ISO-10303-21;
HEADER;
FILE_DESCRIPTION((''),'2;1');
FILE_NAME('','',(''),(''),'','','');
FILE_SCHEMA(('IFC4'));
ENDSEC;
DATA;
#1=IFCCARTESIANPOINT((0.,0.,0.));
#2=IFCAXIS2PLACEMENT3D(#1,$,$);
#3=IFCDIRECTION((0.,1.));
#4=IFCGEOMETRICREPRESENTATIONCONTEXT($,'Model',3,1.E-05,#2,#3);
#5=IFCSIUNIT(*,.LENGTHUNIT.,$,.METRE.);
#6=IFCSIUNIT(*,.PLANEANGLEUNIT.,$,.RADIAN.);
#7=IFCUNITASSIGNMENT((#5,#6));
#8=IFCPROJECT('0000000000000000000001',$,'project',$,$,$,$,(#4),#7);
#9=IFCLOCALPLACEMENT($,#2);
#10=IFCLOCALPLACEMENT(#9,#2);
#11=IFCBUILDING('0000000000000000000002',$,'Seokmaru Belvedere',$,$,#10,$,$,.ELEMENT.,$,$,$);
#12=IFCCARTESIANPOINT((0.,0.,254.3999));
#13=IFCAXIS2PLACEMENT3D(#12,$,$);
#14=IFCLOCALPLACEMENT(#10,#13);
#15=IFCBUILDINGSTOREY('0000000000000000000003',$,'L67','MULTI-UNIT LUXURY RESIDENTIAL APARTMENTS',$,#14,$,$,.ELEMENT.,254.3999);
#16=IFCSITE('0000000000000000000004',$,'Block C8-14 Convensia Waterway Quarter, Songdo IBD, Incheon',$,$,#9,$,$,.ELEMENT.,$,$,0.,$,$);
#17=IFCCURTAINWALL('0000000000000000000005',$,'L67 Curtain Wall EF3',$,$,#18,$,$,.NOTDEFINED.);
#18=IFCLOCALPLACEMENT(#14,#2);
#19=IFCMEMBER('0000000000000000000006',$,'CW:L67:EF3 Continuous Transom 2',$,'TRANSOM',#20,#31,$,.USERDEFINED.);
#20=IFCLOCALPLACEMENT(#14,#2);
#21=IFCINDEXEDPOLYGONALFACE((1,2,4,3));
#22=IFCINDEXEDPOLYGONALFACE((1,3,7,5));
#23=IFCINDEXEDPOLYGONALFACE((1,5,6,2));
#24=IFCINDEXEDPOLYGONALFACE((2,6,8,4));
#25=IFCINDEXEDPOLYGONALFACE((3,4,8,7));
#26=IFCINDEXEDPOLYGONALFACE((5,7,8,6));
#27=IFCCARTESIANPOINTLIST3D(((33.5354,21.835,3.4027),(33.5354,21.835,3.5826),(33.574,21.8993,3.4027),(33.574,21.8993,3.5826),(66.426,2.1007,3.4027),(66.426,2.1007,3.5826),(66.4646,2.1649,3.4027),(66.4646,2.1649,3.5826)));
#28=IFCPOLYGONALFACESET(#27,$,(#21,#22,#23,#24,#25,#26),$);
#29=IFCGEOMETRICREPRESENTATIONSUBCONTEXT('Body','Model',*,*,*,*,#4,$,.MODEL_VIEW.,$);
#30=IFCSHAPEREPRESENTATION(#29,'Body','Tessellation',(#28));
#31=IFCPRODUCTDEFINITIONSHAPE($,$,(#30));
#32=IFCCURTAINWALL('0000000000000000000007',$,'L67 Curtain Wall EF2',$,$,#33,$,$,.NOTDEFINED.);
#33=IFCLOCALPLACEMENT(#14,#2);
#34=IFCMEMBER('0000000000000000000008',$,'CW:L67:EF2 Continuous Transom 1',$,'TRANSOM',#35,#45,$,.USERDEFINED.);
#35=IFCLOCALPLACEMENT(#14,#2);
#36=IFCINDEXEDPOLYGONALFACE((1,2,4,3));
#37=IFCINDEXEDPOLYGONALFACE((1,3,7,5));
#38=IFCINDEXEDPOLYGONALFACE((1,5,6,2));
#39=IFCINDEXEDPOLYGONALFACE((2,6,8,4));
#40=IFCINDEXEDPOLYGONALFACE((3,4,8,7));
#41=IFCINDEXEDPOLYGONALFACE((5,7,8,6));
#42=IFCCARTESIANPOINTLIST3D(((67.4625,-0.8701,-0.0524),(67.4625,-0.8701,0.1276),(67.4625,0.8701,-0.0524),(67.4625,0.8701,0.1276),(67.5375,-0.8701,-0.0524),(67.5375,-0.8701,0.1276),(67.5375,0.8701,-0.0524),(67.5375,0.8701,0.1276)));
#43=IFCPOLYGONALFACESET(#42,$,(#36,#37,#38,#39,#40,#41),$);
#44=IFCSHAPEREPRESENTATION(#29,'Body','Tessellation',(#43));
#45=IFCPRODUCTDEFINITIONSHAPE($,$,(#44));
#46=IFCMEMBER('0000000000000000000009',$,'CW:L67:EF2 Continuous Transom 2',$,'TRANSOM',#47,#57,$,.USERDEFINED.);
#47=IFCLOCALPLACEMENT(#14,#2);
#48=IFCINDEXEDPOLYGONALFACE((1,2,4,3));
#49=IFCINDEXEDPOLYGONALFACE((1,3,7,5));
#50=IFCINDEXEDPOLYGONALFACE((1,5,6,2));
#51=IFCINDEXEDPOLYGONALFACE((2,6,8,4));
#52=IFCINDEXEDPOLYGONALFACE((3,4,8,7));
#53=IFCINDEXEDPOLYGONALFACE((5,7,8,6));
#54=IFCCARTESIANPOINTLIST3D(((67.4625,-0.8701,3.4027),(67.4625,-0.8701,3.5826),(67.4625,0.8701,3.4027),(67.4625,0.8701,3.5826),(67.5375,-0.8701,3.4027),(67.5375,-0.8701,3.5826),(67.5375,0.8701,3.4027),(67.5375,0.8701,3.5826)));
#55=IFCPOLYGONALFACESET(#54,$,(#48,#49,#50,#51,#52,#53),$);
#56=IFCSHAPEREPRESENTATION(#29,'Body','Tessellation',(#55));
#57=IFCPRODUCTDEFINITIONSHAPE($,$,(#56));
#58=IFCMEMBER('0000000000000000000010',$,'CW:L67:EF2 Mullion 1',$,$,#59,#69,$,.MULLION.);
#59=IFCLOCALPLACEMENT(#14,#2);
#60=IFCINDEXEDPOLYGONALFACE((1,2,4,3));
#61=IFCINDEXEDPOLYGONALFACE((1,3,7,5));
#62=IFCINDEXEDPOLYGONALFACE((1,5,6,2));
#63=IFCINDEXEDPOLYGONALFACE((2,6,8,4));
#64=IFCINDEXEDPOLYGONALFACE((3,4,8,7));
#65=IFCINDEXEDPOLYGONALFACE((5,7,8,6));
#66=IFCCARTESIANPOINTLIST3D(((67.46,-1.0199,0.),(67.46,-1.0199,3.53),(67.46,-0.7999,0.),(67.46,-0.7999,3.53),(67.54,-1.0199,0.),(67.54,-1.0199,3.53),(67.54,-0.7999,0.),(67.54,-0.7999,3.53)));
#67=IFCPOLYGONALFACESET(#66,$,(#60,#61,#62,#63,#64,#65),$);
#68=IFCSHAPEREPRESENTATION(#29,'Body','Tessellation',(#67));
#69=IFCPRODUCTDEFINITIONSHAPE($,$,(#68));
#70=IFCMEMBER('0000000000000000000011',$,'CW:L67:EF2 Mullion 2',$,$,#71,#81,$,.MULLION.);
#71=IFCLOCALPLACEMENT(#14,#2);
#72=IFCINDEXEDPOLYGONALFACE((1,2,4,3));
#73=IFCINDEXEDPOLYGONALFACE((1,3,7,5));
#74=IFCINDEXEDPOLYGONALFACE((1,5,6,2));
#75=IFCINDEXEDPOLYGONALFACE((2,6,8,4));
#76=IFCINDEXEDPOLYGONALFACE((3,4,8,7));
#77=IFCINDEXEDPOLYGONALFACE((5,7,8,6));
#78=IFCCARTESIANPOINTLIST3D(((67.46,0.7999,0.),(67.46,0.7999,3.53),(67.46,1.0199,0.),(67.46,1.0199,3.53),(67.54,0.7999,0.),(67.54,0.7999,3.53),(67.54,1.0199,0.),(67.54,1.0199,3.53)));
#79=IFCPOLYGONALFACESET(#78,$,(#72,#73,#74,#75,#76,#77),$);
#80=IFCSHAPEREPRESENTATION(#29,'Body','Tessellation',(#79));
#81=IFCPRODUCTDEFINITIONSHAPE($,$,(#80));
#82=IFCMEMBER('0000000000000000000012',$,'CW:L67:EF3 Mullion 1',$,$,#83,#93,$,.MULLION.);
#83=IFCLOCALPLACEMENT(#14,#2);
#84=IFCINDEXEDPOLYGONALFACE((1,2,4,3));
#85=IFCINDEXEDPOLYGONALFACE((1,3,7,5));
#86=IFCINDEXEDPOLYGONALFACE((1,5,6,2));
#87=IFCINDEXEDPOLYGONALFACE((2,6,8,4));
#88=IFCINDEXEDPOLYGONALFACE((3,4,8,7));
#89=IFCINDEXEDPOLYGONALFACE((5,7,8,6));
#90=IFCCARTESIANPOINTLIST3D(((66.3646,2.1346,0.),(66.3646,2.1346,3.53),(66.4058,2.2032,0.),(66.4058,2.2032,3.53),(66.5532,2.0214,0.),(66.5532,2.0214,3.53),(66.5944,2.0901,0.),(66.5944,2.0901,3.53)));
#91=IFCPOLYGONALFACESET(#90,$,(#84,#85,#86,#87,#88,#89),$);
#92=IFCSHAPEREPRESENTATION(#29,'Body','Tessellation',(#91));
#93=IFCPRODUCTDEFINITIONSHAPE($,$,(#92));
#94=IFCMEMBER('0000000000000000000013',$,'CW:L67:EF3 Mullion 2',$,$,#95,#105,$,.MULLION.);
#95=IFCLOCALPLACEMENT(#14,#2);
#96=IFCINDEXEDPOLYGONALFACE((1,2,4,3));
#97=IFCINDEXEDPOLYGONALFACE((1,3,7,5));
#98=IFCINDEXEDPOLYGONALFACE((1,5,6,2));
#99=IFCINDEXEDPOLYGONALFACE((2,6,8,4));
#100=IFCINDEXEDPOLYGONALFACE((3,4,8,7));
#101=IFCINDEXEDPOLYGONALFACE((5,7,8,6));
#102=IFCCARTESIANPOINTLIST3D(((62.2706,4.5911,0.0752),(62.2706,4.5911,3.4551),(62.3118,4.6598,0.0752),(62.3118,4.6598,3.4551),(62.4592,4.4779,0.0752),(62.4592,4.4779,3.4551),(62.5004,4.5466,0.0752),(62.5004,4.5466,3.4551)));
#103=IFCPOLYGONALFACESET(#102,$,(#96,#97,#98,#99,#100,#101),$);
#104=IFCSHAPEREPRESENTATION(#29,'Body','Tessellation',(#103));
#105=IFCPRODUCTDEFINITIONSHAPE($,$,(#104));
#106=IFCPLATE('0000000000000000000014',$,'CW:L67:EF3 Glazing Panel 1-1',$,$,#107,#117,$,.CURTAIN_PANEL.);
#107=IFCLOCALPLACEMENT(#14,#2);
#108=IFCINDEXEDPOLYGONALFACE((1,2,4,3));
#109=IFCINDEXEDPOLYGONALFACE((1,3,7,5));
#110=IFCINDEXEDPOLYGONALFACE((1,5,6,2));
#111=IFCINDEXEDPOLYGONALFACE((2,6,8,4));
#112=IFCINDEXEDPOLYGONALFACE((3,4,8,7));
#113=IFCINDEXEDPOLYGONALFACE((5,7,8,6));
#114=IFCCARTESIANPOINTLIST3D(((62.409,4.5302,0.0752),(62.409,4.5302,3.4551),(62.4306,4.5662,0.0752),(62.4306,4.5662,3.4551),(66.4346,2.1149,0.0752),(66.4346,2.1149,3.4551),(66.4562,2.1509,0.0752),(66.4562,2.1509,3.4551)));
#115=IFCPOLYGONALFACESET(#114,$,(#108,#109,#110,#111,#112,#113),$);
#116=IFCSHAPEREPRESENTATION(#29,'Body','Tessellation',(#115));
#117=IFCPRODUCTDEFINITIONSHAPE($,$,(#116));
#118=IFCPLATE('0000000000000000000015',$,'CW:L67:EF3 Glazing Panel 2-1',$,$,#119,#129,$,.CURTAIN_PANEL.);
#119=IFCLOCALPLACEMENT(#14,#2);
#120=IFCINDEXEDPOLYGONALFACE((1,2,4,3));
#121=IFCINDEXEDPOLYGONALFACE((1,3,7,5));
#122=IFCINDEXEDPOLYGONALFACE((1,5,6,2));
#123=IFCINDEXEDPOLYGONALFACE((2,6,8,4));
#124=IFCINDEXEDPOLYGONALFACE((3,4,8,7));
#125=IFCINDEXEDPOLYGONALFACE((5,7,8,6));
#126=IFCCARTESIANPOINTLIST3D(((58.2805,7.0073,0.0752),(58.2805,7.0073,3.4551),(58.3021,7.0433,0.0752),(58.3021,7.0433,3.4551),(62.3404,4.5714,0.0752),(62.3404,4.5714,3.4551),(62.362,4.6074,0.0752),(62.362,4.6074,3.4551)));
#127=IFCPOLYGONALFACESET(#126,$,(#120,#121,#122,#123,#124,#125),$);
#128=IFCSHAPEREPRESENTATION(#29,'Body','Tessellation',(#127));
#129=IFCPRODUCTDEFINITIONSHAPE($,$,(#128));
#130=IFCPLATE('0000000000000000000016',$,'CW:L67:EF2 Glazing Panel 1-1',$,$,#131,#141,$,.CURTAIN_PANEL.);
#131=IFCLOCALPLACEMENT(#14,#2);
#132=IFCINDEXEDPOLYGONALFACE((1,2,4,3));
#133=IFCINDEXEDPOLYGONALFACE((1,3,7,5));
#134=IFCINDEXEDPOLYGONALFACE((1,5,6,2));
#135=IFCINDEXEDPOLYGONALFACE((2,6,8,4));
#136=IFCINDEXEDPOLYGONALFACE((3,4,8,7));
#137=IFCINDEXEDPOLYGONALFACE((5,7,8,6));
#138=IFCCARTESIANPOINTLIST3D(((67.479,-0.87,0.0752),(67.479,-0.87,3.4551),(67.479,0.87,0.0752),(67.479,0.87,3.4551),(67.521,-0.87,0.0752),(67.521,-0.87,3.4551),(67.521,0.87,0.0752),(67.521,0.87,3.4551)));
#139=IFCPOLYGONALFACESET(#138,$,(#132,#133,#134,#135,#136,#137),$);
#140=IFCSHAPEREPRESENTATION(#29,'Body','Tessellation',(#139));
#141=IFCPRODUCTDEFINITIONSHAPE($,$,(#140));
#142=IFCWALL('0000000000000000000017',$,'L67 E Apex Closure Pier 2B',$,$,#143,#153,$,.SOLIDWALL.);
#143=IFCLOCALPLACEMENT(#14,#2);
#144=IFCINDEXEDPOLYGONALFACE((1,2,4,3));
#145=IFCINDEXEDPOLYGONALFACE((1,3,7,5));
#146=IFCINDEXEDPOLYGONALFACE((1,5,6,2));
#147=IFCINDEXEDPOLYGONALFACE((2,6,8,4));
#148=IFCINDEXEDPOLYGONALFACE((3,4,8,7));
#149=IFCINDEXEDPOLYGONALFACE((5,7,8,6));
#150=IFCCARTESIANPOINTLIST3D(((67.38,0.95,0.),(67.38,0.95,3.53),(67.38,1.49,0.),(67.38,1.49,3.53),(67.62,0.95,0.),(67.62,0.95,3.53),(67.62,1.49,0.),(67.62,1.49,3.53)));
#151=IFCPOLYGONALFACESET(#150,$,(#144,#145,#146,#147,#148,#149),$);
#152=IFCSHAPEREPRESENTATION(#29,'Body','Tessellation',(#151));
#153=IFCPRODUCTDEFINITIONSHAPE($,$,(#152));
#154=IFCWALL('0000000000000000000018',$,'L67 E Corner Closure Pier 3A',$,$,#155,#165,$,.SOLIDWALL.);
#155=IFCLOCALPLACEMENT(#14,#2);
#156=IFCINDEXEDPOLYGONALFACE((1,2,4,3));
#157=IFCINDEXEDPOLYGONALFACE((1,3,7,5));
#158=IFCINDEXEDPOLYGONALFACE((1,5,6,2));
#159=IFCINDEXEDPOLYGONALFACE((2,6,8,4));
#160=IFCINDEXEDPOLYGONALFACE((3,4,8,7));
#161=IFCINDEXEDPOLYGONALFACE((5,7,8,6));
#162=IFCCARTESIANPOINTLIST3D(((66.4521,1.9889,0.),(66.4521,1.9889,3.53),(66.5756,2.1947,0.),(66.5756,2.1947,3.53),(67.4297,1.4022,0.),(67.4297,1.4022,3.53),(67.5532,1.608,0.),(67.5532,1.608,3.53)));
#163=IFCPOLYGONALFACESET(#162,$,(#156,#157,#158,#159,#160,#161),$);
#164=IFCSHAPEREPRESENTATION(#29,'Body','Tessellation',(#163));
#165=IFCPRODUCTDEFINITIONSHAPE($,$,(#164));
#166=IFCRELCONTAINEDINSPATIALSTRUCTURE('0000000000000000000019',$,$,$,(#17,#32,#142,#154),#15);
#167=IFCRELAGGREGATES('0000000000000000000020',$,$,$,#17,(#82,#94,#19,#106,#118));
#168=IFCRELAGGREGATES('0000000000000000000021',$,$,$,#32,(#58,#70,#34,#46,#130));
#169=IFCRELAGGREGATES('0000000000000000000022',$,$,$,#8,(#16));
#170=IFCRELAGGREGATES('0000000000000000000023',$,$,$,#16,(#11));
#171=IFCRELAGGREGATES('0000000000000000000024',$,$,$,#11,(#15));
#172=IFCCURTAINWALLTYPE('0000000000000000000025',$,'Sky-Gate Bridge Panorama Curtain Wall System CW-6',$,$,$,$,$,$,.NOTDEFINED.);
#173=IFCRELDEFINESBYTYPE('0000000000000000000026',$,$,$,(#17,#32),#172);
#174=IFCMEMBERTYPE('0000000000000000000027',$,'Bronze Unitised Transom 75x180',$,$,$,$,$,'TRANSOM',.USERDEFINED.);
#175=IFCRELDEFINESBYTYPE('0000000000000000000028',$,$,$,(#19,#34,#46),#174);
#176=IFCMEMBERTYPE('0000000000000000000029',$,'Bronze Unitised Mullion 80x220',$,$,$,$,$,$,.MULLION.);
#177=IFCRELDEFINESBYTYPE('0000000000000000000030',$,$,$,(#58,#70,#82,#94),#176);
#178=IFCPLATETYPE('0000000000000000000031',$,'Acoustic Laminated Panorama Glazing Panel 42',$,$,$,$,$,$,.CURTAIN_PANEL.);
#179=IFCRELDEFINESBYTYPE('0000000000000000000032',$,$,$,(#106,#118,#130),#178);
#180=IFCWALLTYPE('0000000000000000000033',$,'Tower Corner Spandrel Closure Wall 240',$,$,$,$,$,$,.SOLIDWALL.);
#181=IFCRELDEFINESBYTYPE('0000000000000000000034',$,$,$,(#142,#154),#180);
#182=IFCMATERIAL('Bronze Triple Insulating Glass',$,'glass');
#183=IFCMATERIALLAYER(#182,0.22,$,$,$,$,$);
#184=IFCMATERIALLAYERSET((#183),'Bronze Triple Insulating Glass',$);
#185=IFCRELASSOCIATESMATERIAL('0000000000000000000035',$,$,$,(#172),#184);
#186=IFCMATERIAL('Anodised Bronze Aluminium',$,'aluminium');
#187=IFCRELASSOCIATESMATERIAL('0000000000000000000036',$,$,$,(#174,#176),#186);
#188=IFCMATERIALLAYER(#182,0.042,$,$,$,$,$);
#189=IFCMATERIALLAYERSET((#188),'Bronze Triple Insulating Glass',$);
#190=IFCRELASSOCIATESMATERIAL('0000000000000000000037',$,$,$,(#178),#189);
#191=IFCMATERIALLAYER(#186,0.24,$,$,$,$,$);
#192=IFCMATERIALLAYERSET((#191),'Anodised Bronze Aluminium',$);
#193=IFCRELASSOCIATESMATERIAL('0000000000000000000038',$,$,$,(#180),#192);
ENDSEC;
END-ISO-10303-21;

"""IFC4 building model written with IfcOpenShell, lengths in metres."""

from ifc_helpers import new_model, si_unit, direction, frame, frame_2d, origin, origin_2d, place, context, subcontext, project, spatial, rectangle, extrude, source, transform, mapped, material, layer, layer_set, material_profile, profile_set, type_object, type_shapes, element, aggregate, save


model = new_model("IFC4")

# Units and contexts
model_context = context("Model", 3, precision=1e-05, world=origin(), true_north=direction((0.0, 1.0)))
body_context = subcontext(model_context, "Body", "Model", "MODEL_VIEW")
ifc_project = project(units=[si_unit("LENGTHUNIT", "METRE"), si_unit("PLANEANGLEUNIT", "RADIAN")], contexts=[model_context])

# Site, building, storey
site_placement = place(None, origin())
site = spatial("IfcSite", under=ifc_project, at=site_placement, Name="Block C8-14 Convensia Waterway Quarter, Songdo IBD, Incheon", CompositionType="ELEMENT", RefElevation=0.0)
building_placement = place(site_placement, origin())
building = spatial("IfcBuilding", under=site, at=building_placement, Name="Seokmaru Belvedere", CompositionType="ELEMENT")
storey_placement = place(building_placement, frame((0.0, 0.0, 254.3999)))
storey = spatial("IfcBuildingStorey", under=building, at=storey_placement, Name="L67", Description="MULTI-UNIT LUXURY RESIDENTIAL APARTMENTS", CompositionType="ELEMENT", Elevation=254.3999)

# Curtain walls, members
ifc_material_1 = material(Name="Bronze Triple Insulating Glass", Category="glass")
ifc_layer_1 = layer(ifc_material_1, 0.22)
ifc_layer_set_1 = layer_set([ifc_layer_1], Name="Bronze Triple Insulating Glass")
curtain_wall_type = type_object("IfcCurtainWallType", Name="Sky-Gate Bridge Panorama Curtain Wall System CW-6", PredefinedType="NOTDEFINED", material=ifc_layer_set_1)
curtain_wall_1_placement = place(storey_placement, origin())
curtain_wall_1 = element("IfcCurtainWall", 1, at=curtain_wall_1_placement, inside=storey, type_object=curtain_wall_type, Name="L67 Curtain Wall EF3", PredefinedType="NOTDEFINED")
ifc_material_2 = material(Name="Anodised Bronze Aluminium", Category="aluminium")
ifc_material_profile_1 = material_profile(ifc_material_2, rectangle(XDim=0.075, YDim=0.1799, at=origin_2d()), Name="CW-T-75x180")
ifc_profile_set_1 = profile_set([ifc_material_profile_1], Name="Anodised Bronze Aluminium")
member_type_1 = type_object("IfcMemberType", Name="Bronze Unitised Transom 75x180", ElementType="TRANSOM", PredefinedType="USERDEFINED", material=ifc_profile_set_1)
shared_shape_1 = source(origin(), body_context, "Body", "SweptSolid", [
    extrude(rectangle(XDim=0.075, YDim=0.1799, at=origin_2d()), origin(), (0.0, 0.0, 1.0), 38.3567),
])
member_1_placement = place(storey_placement, frame((66.4453, 2.1328, 3.4927), z_axis=(-0.857493, 0.514496, 0.0), x_axis=(-0.514496, -0.857493, 0.0)))
member_1 = element("IfcMember", 2, at=member_1_placement, type_object=member_type_1, Name="CW:L67:EF3 Continuous Transom 2", ObjectType="TRANSOM", PredefinedType="USERDEFINED", context=body_context, shape_type="MappedRepresentation", body=[
    mapped(shared_shape_1, transform((0.0, 0.0, 0.0), scale=1.0)),
])
curtain_wall_2_placement = place(storey_placement, origin())
curtain_wall_2 = element("IfcCurtainWall", 3, at=curtain_wall_2_placement, inside=storey, type_object=curtain_wall_type, Name="L67 Curtain Wall EF2", PredefinedType="NOTDEFINED")
shared_shape_2 = source(origin(), body_context, "Body", "SweptSolid", [
    extrude(rectangle(XDim=0.075, YDim=0.1799, at=origin_2d()), origin(), (0.0, 0.0, 1.0), 1.7402),
])
type_shapes(member_type_1, [shared_shape_1, shared_shape_2])
member_2_placement = place(storey_placement, frame((67.5, -0.8701, 0.0376), z_axis=(0.0, 1.0, 0.0), x_axis=(-1.0, 0.0, 0.0)))
member_2 = element("IfcMember", 4, at=member_2_placement, type_object=member_type_1, Name="CW:L67:EF2 Continuous Transom 1", ObjectType="TRANSOM", PredefinedType="USERDEFINED", context=body_context, shape_type="MappedRepresentation", body=[
    mapped(shared_shape_2, transform((0.0, 0.0, 0.0), scale=1.0)),
])
member_3_placement = place(storey_placement, frame((67.5, -0.8701, 3.4927), z_axis=(0.0, 1.0, 0.0), x_axis=(-1.0, 0.0, 0.0)))
member_3 = element("IfcMember", 5, at=member_3_placement, type_object=member_type_1, Name="CW:L67:EF2 Continuous Transom 2", ObjectType="TRANSOM", PredefinedType="USERDEFINED", context=body_context, shape_type="MappedRepresentation", body=[
    mapped(shared_shape_2, transform((0.0, 0.0, 0.0), scale=1.0)),
])
ifc_material_profile_2 = material_profile(ifc_material_2, rectangle(XDim=0.0801, YDim=0.22, at=origin_2d()), Name="CW-M-80x220")
ifc_profile_set_2 = profile_set([ifc_material_profile_2], Name="Anodised Bronze Aluminium")
member_type_2 = type_object("IfcMemberType", Name="Bronze Unitised Mullion 80x220", PredefinedType="MULLION", material=ifc_profile_set_2)
shared_shape_3 = source(origin(), body_context, "Body", "SweptSolid", [
    extrude(rectangle(XDim=0.0801, YDim=0.22, at=origin_2d()), origin(), (0.0, 0.0, 1.0), 3.53),
])
member_4_placement = place(storey_placement, frame((67.5, -0.9099, 0.0), z_axis=(0.0, 0.0, 1.0), x_axis=(-1.0, 0.0, 0.0)))
member_4 = element("IfcMember", 6, at=member_4_placement, type_object=member_type_2, Name="CW:L67:EF2 Mullion 1", PredefinedType="MULLION", context=body_context, shape_type="MappedRepresentation", body=[
    mapped(shared_shape_3, transform((0.0, 0.0, 0.0), scale=1.0)),
])
member_5_placement = place(storey_placement, frame((67.5, 0.9099, 0.0), z_axis=(0.0, 0.0, 1.0), x_axis=(-1.0, 0.0, 0.0)))
member_5 = element("IfcMember", 7, at=member_5_placement, type_object=member_type_2, Name="CW:L67:EF2 Mullion 2", PredefinedType="MULLION", context=body_context, shape_type="MappedRepresentation", body=[
    mapped(shared_shape_3, transform((0.0, 0.0, 0.0), scale=1.0)),
])

# Members
member_6_placement = place(storey_placement, frame((66.4795, 2.1123, 0.0), z_axis=(0.0, 0.0, 1.0), x_axis=(-0.514495, -0.857493, 0.0)))
member_6 = element("IfcMember", 8, at=member_6_placement, type_object=member_type_2, Name="CW:L67:EF3 Mullion 1", PredefinedType="MULLION", context=body_context, shape_type="MappedRepresentation", body=[
    mapped(shared_shape_3, transform((0.0, 0.0, 0.0), scale=1.0)),
])
shared_shape_4 = source(origin(), body_context, "Body", "SweptSolid", [
    extrude(rectangle(XDim=0.0801, YDim=0.22, at=origin_2d()), origin(), (0.0, 0.0, 1.0), 3.3799),
])
type_shapes(member_type_2, [shared_shape_3, shared_shape_4])
member_7_placement = place(storey_placement, frame((62.3855, 4.5688, 0.0752), z_axis=(0.0, 0.0, 1.0), x_axis=(-0.514495, -0.857493, 0.0)))
member_7 = element("IfcMember", 9, at=member_7_placement, type_object=member_type_2, Name="CW:L67:EF3 Mullion 2", PredefinedType="MULLION", context=body_context, shape_type="MappedRepresentation", body=[
    mapped(shared_shape_4, transform((0.0, 0.0, 0.0), scale=1.0)),
])

# Plates
ifc_layer_2 = layer(ifc_material_1, 0.042)
ifc_layer_set_2 = layer_set([ifc_layer_2], Name="Bronze Triple Insulating Glass")
plate_type = type_object("IfcPlateType", Name="Acoustic Laminated Panorama Glazing Panel 42", PredefinedType="CURTAIN_PANEL", material=ifc_layer_set_2)
shared_shape_5 = source(origin(), body_context, "Body", "SweptSolid", [
    extrude(rectangle(XDim=4.6946, YDim=0.042, at=origin_2d()), origin(), (0.0, 0.0, 1.0), 3.3799),
])
plate_1_placement = place(storey_placement, frame((64.4326, 3.3406, 0.0752), z_axis=(0.0, 0.0, 1.0), x_axis=(-0.857493, 0.514495, 0.0)))
plate_1 = element("IfcPlate", 10, at=plate_1_placement, type_object=plate_type, Name="CW:L67:EF3 Glazing Panel 1-1", PredefinedType="CURTAIN_PANEL", context=body_context, shape_type="MappedRepresentation", body=[
    mapped(shared_shape_5, transform((0.0, 0.0, 0.0), scale=1.0)),
])
shared_shape_6 = source(origin(), body_context, "Body", "SweptSolid", [
    extrude(rectangle(XDim=4.7346, YDim=0.042, at=origin_2d()), origin(), (0.0, 0.0, 1.0), 3.3799),
])
plate_2_placement = place(storey_placement, frame((60.3213, 5.8074, 0.0752), z_axis=(0.0, 0.0, 1.0), x_axis=(-0.857493, 0.514495, 0.0)))
plate_2 = element("IfcPlate", 11, at=plate_2_placement, type_object=plate_type, Name="CW:L67:EF3 Glazing Panel 2-1", PredefinedType="CURTAIN_PANEL", context=body_context, shape_type="MappedRepresentation", body=[
    mapped(shared_shape_6, transform((0.0, 0.0, 0.0), scale=1.0)),
])
aggregate(curtain_wall_1, [member_6, member_7, member_1, plate_1, plate_2])
shared_shape_7 = source(origin(), body_context, "Body", "SweptSolid", [
    extrude(rectangle(XDim=1.74, YDim=0.042, at=origin_2d()), origin(), (0.0, 0.0, 1.0), 3.3799),
])
type_shapes(plate_type, [shared_shape_5, shared_shape_6, shared_shape_7])
plate_3_placement = place(storey_placement, frame((67.5, 0.0, 0.0752), z_axis=(0.0, 0.0, 1.0), x_axis=(0.0, 1.0, 0.0)))
plate_3 = element("IfcPlate", 12, at=plate_3_placement, type_object=plate_type, Name="CW:L67:EF2 Glazing Panel 1-1", PredefinedType="CURTAIN_PANEL", context=body_context, shape_type="MappedRepresentation", body=[
    mapped(shared_shape_7, transform((0.0, 0.0, 0.0), scale=1.0)),
])
aggregate(curtain_wall_2, [member_4, member_5, member_2, member_3, plate_3])

# Walls
ifc_layer_3 = layer(ifc_material_2, 0.24)
ifc_layer_set_3 = layer_set([ifc_layer_3], Name="Anodised Bronze Aluminium")
wall_type = type_object("IfcWallType", Name="Tower Corner Spandrel Closure Wall 240", PredefinedType="SOLIDWALL", material=ifc_layer_set_3)
wall_1_placement = place(storey_placement, frame((67.5, 0.95, 0.0), z_axis=(0.0, 0.0, 1.0), x_axis=(0.0, 1.0, 0.0)))
element("IfcWall", 13, at=wall_1_placement, inside=storey, type_object=wall_type, Name="L67 E Apex Closure Pier 2B", PredefinedType="SOLIDWALL", context=body_context, shape_type="SweptSolid", body=[
    extrude(rectangle(XDim=0.54, YDim=0.24, at=frame_2d((0.27, 0.0))), origin(), (0.0, 0.0, 1.0), 3.53),
])
wall_2_placement = place(storey_placement, frame((67.4915, 1.5051, 0.0), z_axis=(0.0, 0.0, 1.0), x_axis=(-0.857436, 0.51459, 0.0)))
element("IfcWall", 14, at=wall_2_placement, inside=storey, type_object=wall_type, Name="L67 E Corner Closure Pier 3A", PredefinedType="SOLIDWALL", context=body_context, shape_type="SweptSolid", body=[
    extrude(rectangle(XDim=1.1401, YDim=0.24, at=frame_2d((0.5701, 0.0))), origin(), (0.0, 0.0, 1.0), 3.53),
])

save(model, "model.ifc")
